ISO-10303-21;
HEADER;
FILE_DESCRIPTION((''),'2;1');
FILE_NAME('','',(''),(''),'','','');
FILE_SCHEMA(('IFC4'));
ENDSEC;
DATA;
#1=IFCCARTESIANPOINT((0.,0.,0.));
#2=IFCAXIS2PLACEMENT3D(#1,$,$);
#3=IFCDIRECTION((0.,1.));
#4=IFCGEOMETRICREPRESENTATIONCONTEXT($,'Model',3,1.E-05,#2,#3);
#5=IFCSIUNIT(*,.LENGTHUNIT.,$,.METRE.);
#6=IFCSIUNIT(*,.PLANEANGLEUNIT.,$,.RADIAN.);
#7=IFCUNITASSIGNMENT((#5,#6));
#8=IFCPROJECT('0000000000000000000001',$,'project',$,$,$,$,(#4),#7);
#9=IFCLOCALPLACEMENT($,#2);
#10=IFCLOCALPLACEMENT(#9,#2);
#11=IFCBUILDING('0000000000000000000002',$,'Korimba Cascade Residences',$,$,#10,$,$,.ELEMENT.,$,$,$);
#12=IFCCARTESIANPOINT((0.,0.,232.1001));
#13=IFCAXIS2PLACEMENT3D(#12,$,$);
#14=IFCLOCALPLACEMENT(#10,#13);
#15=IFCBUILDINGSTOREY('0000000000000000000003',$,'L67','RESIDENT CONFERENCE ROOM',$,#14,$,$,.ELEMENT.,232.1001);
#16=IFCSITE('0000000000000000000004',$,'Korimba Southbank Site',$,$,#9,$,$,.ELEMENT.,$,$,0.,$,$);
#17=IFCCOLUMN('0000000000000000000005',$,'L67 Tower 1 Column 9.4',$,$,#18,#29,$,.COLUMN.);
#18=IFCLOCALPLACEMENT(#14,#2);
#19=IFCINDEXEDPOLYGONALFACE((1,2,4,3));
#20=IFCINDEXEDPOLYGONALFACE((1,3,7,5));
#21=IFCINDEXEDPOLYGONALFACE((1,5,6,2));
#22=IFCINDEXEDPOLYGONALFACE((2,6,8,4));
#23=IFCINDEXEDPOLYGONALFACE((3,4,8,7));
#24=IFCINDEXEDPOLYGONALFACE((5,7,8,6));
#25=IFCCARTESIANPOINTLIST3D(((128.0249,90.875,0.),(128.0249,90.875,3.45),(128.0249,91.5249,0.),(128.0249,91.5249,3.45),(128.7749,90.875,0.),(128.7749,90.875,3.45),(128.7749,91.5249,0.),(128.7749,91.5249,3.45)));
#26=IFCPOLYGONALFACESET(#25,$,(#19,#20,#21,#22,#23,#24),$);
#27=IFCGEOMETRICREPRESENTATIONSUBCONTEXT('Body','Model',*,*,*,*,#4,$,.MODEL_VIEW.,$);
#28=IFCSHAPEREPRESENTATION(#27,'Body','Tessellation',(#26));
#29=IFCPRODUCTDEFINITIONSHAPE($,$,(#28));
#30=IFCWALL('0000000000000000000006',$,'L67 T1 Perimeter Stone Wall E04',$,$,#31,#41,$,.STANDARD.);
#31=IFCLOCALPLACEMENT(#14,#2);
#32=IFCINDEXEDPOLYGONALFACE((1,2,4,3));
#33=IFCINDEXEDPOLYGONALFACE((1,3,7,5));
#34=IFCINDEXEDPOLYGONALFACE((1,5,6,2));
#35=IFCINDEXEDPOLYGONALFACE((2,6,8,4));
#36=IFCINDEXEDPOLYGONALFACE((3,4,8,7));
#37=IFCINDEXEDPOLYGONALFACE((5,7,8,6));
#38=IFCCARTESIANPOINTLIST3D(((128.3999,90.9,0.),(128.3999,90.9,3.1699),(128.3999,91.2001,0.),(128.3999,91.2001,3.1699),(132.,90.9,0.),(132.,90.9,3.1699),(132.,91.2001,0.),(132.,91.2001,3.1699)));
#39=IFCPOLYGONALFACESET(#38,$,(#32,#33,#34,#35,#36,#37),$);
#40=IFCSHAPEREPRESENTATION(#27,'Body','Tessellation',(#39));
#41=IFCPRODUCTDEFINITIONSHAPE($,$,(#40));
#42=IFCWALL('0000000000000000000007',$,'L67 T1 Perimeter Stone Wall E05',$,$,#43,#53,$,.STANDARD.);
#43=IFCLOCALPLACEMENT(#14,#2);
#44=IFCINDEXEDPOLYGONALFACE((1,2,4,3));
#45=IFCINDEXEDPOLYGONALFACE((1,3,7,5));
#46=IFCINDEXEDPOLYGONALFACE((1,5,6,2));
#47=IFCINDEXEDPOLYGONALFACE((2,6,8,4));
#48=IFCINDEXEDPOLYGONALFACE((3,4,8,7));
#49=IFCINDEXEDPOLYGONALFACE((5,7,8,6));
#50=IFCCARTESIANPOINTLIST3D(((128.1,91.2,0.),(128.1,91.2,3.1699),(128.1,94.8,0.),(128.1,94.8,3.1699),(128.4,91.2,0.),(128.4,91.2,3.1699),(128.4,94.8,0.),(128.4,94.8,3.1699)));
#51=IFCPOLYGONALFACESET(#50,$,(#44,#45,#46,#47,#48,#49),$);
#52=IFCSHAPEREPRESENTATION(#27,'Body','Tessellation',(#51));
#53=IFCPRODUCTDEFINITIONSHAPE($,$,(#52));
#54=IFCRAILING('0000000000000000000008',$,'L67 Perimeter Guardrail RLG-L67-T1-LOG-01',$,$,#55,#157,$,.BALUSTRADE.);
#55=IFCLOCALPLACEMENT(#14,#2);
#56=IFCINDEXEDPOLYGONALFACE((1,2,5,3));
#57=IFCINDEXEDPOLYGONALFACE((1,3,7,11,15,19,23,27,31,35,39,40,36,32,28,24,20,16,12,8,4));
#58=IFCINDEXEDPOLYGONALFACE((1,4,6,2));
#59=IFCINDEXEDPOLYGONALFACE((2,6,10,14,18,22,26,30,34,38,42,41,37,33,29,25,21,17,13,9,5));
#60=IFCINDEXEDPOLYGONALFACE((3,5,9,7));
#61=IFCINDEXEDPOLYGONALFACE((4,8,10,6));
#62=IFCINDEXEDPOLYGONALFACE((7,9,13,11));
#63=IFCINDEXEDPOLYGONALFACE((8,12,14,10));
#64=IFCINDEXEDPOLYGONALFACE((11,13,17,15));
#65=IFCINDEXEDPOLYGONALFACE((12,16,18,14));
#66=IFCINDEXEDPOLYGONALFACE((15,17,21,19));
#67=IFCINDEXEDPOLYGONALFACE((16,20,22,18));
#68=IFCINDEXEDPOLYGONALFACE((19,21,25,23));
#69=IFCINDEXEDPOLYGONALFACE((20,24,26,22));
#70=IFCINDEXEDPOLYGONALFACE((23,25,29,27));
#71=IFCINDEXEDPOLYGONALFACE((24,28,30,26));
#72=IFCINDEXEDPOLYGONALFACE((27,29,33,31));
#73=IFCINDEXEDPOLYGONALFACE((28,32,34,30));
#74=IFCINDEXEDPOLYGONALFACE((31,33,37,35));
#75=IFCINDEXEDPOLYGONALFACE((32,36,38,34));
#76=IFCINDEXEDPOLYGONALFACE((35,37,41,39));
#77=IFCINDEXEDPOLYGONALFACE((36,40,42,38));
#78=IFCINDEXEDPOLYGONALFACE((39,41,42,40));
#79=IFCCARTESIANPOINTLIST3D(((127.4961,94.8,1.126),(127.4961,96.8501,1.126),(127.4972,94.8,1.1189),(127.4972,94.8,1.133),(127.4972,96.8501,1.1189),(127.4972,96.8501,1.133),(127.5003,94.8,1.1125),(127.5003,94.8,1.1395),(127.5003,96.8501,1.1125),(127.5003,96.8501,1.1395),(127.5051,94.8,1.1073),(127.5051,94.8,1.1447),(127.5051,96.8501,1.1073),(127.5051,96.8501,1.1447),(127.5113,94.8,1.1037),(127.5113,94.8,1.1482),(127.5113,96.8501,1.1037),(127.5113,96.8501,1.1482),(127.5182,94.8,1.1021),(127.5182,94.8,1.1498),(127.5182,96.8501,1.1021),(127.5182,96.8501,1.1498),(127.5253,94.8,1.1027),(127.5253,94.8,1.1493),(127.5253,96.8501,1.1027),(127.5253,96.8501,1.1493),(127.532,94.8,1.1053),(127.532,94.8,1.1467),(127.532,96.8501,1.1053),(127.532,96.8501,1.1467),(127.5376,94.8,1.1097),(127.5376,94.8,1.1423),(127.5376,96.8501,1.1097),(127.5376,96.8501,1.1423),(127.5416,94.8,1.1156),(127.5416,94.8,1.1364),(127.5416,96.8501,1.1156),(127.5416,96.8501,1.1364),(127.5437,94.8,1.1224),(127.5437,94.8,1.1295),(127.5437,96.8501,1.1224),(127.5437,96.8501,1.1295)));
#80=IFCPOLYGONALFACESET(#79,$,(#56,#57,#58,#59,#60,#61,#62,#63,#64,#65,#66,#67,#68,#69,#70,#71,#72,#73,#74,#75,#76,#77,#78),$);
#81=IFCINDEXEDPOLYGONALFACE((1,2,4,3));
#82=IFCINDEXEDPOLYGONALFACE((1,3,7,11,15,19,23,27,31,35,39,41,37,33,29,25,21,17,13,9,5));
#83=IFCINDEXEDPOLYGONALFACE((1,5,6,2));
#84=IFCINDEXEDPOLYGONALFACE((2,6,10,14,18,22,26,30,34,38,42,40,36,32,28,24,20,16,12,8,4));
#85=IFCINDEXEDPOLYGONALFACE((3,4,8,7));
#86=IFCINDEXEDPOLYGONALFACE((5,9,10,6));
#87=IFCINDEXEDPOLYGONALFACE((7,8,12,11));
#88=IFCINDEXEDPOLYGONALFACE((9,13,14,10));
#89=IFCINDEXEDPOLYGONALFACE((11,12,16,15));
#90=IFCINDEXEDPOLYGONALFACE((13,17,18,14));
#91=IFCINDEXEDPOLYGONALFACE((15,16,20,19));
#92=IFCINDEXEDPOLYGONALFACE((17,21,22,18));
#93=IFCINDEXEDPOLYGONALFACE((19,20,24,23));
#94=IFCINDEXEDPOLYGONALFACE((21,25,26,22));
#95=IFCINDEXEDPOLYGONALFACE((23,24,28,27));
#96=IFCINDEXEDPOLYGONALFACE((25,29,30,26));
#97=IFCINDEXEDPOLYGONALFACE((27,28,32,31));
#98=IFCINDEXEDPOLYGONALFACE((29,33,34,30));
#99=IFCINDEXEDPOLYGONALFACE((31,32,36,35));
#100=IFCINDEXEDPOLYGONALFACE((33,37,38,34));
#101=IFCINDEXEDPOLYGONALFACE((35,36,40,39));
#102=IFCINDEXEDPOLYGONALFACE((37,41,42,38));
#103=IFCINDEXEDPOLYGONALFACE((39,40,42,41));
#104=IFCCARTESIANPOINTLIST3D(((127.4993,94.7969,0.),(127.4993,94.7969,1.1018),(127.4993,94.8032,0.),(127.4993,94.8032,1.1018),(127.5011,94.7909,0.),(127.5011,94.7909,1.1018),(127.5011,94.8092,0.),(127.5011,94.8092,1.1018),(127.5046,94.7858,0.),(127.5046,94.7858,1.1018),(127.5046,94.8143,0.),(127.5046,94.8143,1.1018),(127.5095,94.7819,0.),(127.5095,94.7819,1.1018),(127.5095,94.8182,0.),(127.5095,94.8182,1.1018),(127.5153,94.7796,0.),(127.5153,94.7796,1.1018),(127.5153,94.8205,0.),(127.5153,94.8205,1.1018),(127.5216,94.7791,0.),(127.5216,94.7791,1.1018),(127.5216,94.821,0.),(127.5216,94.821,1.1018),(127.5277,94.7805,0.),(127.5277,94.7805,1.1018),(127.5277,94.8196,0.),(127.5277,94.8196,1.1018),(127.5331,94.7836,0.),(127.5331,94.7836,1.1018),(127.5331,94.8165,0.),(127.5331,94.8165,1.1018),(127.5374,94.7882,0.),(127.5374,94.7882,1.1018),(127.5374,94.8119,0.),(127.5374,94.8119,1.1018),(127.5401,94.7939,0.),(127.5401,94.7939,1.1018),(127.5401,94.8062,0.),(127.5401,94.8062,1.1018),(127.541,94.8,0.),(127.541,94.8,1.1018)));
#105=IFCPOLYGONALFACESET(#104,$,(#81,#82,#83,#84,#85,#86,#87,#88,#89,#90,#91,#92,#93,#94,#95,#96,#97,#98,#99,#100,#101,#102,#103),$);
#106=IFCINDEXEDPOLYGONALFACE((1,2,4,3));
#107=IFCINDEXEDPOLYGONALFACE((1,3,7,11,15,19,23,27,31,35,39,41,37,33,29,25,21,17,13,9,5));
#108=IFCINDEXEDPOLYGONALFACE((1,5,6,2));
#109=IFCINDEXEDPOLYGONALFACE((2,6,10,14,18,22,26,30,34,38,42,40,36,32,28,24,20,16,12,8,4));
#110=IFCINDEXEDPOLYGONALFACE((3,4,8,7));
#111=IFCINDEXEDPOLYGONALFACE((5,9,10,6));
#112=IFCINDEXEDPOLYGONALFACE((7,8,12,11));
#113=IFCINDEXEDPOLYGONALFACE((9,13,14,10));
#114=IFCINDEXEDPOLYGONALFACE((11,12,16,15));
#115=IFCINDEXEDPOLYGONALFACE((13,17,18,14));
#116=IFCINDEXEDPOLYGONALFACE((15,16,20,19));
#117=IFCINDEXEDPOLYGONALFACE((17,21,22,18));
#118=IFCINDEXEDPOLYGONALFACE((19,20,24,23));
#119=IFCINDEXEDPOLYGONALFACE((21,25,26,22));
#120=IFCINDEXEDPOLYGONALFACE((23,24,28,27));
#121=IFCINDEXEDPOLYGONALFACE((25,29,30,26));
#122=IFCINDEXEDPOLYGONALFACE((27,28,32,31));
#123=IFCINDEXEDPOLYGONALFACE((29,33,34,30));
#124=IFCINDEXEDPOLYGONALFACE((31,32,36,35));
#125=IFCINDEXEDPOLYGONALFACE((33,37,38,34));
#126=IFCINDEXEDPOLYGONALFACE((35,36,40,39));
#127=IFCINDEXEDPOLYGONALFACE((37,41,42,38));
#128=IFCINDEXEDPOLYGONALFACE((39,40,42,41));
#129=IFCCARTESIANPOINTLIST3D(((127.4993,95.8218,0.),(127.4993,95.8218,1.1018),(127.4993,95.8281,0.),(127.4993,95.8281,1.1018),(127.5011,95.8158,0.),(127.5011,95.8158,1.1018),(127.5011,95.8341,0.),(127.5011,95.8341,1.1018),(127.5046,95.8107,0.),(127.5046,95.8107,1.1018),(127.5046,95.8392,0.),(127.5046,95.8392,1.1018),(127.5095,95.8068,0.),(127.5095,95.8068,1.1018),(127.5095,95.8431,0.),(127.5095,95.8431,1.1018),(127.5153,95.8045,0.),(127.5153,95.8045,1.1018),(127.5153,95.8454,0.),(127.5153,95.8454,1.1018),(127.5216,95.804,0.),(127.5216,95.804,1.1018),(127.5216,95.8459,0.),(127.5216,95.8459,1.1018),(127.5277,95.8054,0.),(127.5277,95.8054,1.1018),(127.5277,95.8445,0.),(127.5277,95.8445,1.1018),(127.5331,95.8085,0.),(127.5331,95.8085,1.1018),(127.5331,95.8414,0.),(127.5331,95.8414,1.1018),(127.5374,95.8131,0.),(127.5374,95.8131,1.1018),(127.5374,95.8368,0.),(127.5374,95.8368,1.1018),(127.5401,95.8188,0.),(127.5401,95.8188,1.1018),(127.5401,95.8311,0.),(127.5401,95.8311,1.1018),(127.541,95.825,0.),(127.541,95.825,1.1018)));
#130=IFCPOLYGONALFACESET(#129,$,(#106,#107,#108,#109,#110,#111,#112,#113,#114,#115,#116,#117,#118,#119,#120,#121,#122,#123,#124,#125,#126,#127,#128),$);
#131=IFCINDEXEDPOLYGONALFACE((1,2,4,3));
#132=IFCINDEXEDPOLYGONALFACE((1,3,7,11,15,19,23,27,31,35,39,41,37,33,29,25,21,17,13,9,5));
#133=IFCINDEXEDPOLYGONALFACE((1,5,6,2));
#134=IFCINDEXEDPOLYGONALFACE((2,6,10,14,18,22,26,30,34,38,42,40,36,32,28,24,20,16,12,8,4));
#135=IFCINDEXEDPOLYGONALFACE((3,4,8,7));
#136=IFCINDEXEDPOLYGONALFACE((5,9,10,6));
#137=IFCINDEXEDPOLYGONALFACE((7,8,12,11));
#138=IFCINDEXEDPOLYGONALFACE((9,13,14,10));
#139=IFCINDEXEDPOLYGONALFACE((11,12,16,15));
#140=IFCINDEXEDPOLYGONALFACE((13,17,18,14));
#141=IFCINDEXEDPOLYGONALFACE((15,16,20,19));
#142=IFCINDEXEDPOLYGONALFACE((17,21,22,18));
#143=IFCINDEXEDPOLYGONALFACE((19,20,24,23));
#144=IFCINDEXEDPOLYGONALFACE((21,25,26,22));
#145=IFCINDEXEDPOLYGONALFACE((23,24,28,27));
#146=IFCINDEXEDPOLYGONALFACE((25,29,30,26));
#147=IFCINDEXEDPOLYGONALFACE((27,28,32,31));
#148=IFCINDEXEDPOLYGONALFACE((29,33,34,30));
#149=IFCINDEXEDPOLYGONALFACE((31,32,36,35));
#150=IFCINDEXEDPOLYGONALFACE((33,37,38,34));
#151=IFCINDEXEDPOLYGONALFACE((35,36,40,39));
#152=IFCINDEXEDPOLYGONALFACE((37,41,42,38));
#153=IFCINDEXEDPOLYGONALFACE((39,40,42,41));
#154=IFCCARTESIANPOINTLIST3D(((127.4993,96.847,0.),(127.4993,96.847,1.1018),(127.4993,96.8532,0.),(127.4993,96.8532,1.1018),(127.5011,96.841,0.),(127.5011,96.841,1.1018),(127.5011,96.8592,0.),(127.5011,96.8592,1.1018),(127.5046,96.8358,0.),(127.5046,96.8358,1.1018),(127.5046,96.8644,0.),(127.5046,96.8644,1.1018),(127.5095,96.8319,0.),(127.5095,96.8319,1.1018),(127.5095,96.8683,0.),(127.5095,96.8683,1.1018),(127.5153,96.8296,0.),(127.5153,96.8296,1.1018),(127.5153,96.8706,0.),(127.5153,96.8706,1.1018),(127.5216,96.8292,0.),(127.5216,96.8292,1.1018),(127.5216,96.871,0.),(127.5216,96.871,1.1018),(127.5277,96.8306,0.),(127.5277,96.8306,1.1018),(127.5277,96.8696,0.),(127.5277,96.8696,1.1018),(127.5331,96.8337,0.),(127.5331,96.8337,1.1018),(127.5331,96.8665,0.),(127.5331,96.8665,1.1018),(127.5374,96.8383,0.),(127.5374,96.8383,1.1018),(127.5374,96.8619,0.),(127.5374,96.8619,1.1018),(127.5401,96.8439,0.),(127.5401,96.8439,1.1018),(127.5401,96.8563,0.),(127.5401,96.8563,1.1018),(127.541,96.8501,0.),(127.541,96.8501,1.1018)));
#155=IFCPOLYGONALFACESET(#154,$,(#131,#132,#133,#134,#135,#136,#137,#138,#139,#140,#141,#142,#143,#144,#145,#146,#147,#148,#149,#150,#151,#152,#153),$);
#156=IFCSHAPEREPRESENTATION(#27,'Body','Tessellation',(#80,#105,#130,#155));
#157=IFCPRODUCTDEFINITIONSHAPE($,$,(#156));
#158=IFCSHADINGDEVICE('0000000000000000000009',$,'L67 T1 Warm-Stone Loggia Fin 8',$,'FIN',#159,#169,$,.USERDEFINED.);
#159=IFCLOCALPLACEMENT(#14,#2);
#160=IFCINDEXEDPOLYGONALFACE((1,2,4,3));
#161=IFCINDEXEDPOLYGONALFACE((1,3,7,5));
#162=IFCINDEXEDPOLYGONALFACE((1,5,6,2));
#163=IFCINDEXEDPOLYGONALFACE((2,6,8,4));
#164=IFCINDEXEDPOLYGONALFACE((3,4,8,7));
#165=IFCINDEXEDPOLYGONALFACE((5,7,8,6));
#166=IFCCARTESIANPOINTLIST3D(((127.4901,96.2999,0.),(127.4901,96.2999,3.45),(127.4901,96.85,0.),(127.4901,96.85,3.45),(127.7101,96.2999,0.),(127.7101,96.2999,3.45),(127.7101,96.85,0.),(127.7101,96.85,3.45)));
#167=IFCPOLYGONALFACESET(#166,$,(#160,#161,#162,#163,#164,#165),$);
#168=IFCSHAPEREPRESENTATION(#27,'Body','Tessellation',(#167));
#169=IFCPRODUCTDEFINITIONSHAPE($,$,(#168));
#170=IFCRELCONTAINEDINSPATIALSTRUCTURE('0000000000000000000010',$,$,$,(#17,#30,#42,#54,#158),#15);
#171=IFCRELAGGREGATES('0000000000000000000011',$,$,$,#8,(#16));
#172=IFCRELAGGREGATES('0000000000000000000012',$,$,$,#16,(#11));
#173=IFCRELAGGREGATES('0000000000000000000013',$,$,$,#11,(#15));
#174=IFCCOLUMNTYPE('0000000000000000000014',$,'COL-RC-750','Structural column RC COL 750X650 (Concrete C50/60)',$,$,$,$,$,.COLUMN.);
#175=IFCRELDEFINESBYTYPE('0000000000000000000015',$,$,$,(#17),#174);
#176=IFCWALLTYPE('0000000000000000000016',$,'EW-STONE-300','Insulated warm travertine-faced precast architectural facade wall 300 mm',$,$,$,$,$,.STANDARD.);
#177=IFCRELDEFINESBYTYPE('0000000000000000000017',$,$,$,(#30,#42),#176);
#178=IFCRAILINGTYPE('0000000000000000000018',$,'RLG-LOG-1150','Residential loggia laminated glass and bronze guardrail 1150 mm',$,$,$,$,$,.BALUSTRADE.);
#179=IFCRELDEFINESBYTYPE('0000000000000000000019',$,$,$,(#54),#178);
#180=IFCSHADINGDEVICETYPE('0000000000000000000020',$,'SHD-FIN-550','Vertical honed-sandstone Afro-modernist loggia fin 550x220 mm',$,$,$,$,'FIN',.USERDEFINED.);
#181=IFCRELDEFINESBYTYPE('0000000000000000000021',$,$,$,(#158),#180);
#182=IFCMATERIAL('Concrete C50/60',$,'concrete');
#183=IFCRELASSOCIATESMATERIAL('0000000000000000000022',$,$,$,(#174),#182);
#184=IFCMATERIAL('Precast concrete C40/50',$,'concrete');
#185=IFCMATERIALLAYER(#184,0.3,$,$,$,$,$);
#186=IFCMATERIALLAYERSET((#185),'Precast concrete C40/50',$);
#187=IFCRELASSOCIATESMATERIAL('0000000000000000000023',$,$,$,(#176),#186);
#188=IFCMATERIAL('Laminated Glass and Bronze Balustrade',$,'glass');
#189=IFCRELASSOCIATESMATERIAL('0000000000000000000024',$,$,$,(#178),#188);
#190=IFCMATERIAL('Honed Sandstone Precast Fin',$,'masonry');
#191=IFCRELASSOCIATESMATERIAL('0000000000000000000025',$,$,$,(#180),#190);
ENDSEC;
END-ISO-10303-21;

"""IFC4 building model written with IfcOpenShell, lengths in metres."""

from ifc_helpers import new_model, si_unit, direction, frame, frame_2d, origin, origin_2d, place, context, subcontext, project, spatial, rectangle, circle, extrude, material, layer, layer_set, material_profile, profile_set, type_object, element, save


model = new_model("IFC4")

# Units and contexts
model_context = context("Model", 3, precision=1e-05, world=origin(), true_north=direction((0.0, 1.0)))
body_context = subcontext(model_context, "Body", "Model", "MODEL_VIEW")
ifc_project = project(units=[si_unit("LENGTHUNIT", "METRE"), si_unit("PLANEANGLEUNIT", "RADIAN")], contexts=[model_context])

# Site, building, storey
site_placement = place(None, origin())
site = spatial("IfcSite", under=ifc_project, at=site_placement, Name="Korimba Southbank Site", CompositionType="ELEMENT", RefElevation=0.0)
building_placement = place(site_placement, origin())
building = spatial("IfcBuilding", under=site, at=building_placement, Name="Korimba Cascade Residences", CompositionType="ELEMENT")
storey_placement = place(building_placement, frame((0.0, 0.0, 232.1001)))
storey = spatial("IfcBuildingStorey", under=building, at=storey_placement, Name="L67", Description="RESIDENT CONFERENCE ROOM", CompositionType="ELEMENT", Elevation=232.1001)

# Column
ifc_material_1 = material(Name="Concrete C50/60", Category="concrete")
ifc_material_profile = material_profile(ifc_material_1, rectangle(XDim=0.75, YDim=0.6499, at=origin_2d()), Name="Concrete C50/60")
ifc_profile_set = profile_set([ifc_material_profile], Name="Concrete C50/60")
column_type = type_object("IfcColumnType", Name="COL-RC-750", Description="Structural column RC COL 750X650 (Concrete C50/60)", PredefinedType="COLUMN", material=ifc_profile_set)
column_placement = place(storey_placement, frame((128.3999, 91.2, 0.0), z_axis=(0.0, 0.0, 1.0), x_axis=(1.0, 0.0, 0.0)))
element("IfcColumn", 1, at=column_placement, inside=storey, type_object=column_type, Name="L67 Tower 1 Column 9.4", PredefinedType="COLUMN", context=body_context, shape_type="SweptSolid", body=[
    extrude(rectangle(XDim=0.75, YDim=0.6499, at=origin_2d()), origin(), (0.0, 0.0, 1.0), 3.45),
])

# Shared definitions
ifc_material_2 = material(Name="Precast concrete C40/50", Category="concrete")

# Walls
ifc_layer_1 = layer(ifc_material_2, 0.3)
ifc_layer_set_1 = layer_set([ifc_layer_1], Name="Precast concrete C40/50")
wall_type_1 = type_object("IfcWallType", Name="EW-STONE-300", Description="Insulated warm travertine-faced precast architectural facade wall 300 mm", PredefinedType="STANDARD", material=ifc_layer_set_1)
for number, where, z_axis, x_axis, name in (
    (2, (132.0, 91.05, 0.0), (0.0, 0.0, 1.0), (-1.0, 0.0, 0.0), "L67 T1 Perimeter Stone Wall E04"),
    (3, (128.25, 91.2, 0.0), (0.0, 0.0, 1.0), (0.0, 1.0, 0.0), "L67 T1 Perimeter Stone Wall E05"),
):
    element("IfcWall", number, at=place(storey_placement, frame(where, z_axis=z_axis, x_axis=x_axis)), inside=storey, type_object=wall_type_1, Name=name, PredefinedType="STANDARD", context=body_context, shape_type="SweptSolid", body=[
        extrude(rectangle(XDim=3.6001, YDim=0.3, at=frame_2d((1.8, 0.0))), origin(), (0.0, 0.0, 1.0), 3.1699),
    ])

# Railing
ifc_material_3 = material(Name="Laminated Glass and Bronze Balustrade", Category="glass")
railing_type = type_object("IfcRailingType", Name="RLG-LOG-1150", Description="Residential loggia laminated glass and bronze guardrail 1150 mm", PredefinedType="BALUSTRADE", material=ifc_material_3)
railing_1_placement = place(storey_placement, frame((127.52, 94.8, 0.0)))
element("IfcRailing", 4, at=railing_1_placement, inside=storey, type_object=railing_type, Name="L67 Perimeter Guardrail RLG-L67-T1-LOG-01", PredefinedType="BALUSTRADE", context=body_context, shape_type="SweptSolid", body=[
    extrude(circle(Radius=0.0239, at=origin_2d()), frame((0.0, 0.0, 1.126), z_axis=(0.0, 1.0, 0.0), x_axis=(-1.0, 0.0, 0.0)), (0.0, 0.0, 1.0), 2.05),
    extrude(circle(Radius=0.021, at=origin_2d()), origin(), (0.0, 0.0, 1.0), 1.1018),
    extrude(circle(Radius=0.021, at=origin_2d()), frame((0.0, 1.0249, 0.0)), (0.0, 0.0, 1.0), 1.1018),
    extrude(circle(Radius=0.021, at=origin_2d()), frame((0.0, 2.05, 0.0)), (0.0, 0.0, 1.0), 1.1018),
])

# Shading device
ifc_material_4 = material(Name="Honed Sandstone Precast Fin", Category="masonry")
shading_device_type = type_object("IfcShadingDeviceType", Name="SHD-FIN-550", Description="Vertical honed-sandstone Afro-modernist loggia fin 550x220 mm", ElementType="FIN", PredefinedType="USERDEFINED", material=ifc_material_4)
shading_device_placement = place(storey_placement, frame((127.6001, 96.575, 0.0), z_axis=(0.0, 0.0, 1.0), x_axis=(1.0, 0.0, 0.0)))
element("IfcShadingDevice", 5, at=shading_device_placement, inside=storey, type_object=shading_device_type, Name="L67 T1 Warm-Stone Loggia Fin 8", ObjectType="FIN", PredefinedType="USERDEFINED", context=body_context, shape_type="SweptSolid", body=[
    extrude(rectangle(XDim=0.22, YDim=0.55, at=origin_2d()), origin(), (0.0, 0.0, 1.0), 3.45),
])

save(model, "model.ifc")
